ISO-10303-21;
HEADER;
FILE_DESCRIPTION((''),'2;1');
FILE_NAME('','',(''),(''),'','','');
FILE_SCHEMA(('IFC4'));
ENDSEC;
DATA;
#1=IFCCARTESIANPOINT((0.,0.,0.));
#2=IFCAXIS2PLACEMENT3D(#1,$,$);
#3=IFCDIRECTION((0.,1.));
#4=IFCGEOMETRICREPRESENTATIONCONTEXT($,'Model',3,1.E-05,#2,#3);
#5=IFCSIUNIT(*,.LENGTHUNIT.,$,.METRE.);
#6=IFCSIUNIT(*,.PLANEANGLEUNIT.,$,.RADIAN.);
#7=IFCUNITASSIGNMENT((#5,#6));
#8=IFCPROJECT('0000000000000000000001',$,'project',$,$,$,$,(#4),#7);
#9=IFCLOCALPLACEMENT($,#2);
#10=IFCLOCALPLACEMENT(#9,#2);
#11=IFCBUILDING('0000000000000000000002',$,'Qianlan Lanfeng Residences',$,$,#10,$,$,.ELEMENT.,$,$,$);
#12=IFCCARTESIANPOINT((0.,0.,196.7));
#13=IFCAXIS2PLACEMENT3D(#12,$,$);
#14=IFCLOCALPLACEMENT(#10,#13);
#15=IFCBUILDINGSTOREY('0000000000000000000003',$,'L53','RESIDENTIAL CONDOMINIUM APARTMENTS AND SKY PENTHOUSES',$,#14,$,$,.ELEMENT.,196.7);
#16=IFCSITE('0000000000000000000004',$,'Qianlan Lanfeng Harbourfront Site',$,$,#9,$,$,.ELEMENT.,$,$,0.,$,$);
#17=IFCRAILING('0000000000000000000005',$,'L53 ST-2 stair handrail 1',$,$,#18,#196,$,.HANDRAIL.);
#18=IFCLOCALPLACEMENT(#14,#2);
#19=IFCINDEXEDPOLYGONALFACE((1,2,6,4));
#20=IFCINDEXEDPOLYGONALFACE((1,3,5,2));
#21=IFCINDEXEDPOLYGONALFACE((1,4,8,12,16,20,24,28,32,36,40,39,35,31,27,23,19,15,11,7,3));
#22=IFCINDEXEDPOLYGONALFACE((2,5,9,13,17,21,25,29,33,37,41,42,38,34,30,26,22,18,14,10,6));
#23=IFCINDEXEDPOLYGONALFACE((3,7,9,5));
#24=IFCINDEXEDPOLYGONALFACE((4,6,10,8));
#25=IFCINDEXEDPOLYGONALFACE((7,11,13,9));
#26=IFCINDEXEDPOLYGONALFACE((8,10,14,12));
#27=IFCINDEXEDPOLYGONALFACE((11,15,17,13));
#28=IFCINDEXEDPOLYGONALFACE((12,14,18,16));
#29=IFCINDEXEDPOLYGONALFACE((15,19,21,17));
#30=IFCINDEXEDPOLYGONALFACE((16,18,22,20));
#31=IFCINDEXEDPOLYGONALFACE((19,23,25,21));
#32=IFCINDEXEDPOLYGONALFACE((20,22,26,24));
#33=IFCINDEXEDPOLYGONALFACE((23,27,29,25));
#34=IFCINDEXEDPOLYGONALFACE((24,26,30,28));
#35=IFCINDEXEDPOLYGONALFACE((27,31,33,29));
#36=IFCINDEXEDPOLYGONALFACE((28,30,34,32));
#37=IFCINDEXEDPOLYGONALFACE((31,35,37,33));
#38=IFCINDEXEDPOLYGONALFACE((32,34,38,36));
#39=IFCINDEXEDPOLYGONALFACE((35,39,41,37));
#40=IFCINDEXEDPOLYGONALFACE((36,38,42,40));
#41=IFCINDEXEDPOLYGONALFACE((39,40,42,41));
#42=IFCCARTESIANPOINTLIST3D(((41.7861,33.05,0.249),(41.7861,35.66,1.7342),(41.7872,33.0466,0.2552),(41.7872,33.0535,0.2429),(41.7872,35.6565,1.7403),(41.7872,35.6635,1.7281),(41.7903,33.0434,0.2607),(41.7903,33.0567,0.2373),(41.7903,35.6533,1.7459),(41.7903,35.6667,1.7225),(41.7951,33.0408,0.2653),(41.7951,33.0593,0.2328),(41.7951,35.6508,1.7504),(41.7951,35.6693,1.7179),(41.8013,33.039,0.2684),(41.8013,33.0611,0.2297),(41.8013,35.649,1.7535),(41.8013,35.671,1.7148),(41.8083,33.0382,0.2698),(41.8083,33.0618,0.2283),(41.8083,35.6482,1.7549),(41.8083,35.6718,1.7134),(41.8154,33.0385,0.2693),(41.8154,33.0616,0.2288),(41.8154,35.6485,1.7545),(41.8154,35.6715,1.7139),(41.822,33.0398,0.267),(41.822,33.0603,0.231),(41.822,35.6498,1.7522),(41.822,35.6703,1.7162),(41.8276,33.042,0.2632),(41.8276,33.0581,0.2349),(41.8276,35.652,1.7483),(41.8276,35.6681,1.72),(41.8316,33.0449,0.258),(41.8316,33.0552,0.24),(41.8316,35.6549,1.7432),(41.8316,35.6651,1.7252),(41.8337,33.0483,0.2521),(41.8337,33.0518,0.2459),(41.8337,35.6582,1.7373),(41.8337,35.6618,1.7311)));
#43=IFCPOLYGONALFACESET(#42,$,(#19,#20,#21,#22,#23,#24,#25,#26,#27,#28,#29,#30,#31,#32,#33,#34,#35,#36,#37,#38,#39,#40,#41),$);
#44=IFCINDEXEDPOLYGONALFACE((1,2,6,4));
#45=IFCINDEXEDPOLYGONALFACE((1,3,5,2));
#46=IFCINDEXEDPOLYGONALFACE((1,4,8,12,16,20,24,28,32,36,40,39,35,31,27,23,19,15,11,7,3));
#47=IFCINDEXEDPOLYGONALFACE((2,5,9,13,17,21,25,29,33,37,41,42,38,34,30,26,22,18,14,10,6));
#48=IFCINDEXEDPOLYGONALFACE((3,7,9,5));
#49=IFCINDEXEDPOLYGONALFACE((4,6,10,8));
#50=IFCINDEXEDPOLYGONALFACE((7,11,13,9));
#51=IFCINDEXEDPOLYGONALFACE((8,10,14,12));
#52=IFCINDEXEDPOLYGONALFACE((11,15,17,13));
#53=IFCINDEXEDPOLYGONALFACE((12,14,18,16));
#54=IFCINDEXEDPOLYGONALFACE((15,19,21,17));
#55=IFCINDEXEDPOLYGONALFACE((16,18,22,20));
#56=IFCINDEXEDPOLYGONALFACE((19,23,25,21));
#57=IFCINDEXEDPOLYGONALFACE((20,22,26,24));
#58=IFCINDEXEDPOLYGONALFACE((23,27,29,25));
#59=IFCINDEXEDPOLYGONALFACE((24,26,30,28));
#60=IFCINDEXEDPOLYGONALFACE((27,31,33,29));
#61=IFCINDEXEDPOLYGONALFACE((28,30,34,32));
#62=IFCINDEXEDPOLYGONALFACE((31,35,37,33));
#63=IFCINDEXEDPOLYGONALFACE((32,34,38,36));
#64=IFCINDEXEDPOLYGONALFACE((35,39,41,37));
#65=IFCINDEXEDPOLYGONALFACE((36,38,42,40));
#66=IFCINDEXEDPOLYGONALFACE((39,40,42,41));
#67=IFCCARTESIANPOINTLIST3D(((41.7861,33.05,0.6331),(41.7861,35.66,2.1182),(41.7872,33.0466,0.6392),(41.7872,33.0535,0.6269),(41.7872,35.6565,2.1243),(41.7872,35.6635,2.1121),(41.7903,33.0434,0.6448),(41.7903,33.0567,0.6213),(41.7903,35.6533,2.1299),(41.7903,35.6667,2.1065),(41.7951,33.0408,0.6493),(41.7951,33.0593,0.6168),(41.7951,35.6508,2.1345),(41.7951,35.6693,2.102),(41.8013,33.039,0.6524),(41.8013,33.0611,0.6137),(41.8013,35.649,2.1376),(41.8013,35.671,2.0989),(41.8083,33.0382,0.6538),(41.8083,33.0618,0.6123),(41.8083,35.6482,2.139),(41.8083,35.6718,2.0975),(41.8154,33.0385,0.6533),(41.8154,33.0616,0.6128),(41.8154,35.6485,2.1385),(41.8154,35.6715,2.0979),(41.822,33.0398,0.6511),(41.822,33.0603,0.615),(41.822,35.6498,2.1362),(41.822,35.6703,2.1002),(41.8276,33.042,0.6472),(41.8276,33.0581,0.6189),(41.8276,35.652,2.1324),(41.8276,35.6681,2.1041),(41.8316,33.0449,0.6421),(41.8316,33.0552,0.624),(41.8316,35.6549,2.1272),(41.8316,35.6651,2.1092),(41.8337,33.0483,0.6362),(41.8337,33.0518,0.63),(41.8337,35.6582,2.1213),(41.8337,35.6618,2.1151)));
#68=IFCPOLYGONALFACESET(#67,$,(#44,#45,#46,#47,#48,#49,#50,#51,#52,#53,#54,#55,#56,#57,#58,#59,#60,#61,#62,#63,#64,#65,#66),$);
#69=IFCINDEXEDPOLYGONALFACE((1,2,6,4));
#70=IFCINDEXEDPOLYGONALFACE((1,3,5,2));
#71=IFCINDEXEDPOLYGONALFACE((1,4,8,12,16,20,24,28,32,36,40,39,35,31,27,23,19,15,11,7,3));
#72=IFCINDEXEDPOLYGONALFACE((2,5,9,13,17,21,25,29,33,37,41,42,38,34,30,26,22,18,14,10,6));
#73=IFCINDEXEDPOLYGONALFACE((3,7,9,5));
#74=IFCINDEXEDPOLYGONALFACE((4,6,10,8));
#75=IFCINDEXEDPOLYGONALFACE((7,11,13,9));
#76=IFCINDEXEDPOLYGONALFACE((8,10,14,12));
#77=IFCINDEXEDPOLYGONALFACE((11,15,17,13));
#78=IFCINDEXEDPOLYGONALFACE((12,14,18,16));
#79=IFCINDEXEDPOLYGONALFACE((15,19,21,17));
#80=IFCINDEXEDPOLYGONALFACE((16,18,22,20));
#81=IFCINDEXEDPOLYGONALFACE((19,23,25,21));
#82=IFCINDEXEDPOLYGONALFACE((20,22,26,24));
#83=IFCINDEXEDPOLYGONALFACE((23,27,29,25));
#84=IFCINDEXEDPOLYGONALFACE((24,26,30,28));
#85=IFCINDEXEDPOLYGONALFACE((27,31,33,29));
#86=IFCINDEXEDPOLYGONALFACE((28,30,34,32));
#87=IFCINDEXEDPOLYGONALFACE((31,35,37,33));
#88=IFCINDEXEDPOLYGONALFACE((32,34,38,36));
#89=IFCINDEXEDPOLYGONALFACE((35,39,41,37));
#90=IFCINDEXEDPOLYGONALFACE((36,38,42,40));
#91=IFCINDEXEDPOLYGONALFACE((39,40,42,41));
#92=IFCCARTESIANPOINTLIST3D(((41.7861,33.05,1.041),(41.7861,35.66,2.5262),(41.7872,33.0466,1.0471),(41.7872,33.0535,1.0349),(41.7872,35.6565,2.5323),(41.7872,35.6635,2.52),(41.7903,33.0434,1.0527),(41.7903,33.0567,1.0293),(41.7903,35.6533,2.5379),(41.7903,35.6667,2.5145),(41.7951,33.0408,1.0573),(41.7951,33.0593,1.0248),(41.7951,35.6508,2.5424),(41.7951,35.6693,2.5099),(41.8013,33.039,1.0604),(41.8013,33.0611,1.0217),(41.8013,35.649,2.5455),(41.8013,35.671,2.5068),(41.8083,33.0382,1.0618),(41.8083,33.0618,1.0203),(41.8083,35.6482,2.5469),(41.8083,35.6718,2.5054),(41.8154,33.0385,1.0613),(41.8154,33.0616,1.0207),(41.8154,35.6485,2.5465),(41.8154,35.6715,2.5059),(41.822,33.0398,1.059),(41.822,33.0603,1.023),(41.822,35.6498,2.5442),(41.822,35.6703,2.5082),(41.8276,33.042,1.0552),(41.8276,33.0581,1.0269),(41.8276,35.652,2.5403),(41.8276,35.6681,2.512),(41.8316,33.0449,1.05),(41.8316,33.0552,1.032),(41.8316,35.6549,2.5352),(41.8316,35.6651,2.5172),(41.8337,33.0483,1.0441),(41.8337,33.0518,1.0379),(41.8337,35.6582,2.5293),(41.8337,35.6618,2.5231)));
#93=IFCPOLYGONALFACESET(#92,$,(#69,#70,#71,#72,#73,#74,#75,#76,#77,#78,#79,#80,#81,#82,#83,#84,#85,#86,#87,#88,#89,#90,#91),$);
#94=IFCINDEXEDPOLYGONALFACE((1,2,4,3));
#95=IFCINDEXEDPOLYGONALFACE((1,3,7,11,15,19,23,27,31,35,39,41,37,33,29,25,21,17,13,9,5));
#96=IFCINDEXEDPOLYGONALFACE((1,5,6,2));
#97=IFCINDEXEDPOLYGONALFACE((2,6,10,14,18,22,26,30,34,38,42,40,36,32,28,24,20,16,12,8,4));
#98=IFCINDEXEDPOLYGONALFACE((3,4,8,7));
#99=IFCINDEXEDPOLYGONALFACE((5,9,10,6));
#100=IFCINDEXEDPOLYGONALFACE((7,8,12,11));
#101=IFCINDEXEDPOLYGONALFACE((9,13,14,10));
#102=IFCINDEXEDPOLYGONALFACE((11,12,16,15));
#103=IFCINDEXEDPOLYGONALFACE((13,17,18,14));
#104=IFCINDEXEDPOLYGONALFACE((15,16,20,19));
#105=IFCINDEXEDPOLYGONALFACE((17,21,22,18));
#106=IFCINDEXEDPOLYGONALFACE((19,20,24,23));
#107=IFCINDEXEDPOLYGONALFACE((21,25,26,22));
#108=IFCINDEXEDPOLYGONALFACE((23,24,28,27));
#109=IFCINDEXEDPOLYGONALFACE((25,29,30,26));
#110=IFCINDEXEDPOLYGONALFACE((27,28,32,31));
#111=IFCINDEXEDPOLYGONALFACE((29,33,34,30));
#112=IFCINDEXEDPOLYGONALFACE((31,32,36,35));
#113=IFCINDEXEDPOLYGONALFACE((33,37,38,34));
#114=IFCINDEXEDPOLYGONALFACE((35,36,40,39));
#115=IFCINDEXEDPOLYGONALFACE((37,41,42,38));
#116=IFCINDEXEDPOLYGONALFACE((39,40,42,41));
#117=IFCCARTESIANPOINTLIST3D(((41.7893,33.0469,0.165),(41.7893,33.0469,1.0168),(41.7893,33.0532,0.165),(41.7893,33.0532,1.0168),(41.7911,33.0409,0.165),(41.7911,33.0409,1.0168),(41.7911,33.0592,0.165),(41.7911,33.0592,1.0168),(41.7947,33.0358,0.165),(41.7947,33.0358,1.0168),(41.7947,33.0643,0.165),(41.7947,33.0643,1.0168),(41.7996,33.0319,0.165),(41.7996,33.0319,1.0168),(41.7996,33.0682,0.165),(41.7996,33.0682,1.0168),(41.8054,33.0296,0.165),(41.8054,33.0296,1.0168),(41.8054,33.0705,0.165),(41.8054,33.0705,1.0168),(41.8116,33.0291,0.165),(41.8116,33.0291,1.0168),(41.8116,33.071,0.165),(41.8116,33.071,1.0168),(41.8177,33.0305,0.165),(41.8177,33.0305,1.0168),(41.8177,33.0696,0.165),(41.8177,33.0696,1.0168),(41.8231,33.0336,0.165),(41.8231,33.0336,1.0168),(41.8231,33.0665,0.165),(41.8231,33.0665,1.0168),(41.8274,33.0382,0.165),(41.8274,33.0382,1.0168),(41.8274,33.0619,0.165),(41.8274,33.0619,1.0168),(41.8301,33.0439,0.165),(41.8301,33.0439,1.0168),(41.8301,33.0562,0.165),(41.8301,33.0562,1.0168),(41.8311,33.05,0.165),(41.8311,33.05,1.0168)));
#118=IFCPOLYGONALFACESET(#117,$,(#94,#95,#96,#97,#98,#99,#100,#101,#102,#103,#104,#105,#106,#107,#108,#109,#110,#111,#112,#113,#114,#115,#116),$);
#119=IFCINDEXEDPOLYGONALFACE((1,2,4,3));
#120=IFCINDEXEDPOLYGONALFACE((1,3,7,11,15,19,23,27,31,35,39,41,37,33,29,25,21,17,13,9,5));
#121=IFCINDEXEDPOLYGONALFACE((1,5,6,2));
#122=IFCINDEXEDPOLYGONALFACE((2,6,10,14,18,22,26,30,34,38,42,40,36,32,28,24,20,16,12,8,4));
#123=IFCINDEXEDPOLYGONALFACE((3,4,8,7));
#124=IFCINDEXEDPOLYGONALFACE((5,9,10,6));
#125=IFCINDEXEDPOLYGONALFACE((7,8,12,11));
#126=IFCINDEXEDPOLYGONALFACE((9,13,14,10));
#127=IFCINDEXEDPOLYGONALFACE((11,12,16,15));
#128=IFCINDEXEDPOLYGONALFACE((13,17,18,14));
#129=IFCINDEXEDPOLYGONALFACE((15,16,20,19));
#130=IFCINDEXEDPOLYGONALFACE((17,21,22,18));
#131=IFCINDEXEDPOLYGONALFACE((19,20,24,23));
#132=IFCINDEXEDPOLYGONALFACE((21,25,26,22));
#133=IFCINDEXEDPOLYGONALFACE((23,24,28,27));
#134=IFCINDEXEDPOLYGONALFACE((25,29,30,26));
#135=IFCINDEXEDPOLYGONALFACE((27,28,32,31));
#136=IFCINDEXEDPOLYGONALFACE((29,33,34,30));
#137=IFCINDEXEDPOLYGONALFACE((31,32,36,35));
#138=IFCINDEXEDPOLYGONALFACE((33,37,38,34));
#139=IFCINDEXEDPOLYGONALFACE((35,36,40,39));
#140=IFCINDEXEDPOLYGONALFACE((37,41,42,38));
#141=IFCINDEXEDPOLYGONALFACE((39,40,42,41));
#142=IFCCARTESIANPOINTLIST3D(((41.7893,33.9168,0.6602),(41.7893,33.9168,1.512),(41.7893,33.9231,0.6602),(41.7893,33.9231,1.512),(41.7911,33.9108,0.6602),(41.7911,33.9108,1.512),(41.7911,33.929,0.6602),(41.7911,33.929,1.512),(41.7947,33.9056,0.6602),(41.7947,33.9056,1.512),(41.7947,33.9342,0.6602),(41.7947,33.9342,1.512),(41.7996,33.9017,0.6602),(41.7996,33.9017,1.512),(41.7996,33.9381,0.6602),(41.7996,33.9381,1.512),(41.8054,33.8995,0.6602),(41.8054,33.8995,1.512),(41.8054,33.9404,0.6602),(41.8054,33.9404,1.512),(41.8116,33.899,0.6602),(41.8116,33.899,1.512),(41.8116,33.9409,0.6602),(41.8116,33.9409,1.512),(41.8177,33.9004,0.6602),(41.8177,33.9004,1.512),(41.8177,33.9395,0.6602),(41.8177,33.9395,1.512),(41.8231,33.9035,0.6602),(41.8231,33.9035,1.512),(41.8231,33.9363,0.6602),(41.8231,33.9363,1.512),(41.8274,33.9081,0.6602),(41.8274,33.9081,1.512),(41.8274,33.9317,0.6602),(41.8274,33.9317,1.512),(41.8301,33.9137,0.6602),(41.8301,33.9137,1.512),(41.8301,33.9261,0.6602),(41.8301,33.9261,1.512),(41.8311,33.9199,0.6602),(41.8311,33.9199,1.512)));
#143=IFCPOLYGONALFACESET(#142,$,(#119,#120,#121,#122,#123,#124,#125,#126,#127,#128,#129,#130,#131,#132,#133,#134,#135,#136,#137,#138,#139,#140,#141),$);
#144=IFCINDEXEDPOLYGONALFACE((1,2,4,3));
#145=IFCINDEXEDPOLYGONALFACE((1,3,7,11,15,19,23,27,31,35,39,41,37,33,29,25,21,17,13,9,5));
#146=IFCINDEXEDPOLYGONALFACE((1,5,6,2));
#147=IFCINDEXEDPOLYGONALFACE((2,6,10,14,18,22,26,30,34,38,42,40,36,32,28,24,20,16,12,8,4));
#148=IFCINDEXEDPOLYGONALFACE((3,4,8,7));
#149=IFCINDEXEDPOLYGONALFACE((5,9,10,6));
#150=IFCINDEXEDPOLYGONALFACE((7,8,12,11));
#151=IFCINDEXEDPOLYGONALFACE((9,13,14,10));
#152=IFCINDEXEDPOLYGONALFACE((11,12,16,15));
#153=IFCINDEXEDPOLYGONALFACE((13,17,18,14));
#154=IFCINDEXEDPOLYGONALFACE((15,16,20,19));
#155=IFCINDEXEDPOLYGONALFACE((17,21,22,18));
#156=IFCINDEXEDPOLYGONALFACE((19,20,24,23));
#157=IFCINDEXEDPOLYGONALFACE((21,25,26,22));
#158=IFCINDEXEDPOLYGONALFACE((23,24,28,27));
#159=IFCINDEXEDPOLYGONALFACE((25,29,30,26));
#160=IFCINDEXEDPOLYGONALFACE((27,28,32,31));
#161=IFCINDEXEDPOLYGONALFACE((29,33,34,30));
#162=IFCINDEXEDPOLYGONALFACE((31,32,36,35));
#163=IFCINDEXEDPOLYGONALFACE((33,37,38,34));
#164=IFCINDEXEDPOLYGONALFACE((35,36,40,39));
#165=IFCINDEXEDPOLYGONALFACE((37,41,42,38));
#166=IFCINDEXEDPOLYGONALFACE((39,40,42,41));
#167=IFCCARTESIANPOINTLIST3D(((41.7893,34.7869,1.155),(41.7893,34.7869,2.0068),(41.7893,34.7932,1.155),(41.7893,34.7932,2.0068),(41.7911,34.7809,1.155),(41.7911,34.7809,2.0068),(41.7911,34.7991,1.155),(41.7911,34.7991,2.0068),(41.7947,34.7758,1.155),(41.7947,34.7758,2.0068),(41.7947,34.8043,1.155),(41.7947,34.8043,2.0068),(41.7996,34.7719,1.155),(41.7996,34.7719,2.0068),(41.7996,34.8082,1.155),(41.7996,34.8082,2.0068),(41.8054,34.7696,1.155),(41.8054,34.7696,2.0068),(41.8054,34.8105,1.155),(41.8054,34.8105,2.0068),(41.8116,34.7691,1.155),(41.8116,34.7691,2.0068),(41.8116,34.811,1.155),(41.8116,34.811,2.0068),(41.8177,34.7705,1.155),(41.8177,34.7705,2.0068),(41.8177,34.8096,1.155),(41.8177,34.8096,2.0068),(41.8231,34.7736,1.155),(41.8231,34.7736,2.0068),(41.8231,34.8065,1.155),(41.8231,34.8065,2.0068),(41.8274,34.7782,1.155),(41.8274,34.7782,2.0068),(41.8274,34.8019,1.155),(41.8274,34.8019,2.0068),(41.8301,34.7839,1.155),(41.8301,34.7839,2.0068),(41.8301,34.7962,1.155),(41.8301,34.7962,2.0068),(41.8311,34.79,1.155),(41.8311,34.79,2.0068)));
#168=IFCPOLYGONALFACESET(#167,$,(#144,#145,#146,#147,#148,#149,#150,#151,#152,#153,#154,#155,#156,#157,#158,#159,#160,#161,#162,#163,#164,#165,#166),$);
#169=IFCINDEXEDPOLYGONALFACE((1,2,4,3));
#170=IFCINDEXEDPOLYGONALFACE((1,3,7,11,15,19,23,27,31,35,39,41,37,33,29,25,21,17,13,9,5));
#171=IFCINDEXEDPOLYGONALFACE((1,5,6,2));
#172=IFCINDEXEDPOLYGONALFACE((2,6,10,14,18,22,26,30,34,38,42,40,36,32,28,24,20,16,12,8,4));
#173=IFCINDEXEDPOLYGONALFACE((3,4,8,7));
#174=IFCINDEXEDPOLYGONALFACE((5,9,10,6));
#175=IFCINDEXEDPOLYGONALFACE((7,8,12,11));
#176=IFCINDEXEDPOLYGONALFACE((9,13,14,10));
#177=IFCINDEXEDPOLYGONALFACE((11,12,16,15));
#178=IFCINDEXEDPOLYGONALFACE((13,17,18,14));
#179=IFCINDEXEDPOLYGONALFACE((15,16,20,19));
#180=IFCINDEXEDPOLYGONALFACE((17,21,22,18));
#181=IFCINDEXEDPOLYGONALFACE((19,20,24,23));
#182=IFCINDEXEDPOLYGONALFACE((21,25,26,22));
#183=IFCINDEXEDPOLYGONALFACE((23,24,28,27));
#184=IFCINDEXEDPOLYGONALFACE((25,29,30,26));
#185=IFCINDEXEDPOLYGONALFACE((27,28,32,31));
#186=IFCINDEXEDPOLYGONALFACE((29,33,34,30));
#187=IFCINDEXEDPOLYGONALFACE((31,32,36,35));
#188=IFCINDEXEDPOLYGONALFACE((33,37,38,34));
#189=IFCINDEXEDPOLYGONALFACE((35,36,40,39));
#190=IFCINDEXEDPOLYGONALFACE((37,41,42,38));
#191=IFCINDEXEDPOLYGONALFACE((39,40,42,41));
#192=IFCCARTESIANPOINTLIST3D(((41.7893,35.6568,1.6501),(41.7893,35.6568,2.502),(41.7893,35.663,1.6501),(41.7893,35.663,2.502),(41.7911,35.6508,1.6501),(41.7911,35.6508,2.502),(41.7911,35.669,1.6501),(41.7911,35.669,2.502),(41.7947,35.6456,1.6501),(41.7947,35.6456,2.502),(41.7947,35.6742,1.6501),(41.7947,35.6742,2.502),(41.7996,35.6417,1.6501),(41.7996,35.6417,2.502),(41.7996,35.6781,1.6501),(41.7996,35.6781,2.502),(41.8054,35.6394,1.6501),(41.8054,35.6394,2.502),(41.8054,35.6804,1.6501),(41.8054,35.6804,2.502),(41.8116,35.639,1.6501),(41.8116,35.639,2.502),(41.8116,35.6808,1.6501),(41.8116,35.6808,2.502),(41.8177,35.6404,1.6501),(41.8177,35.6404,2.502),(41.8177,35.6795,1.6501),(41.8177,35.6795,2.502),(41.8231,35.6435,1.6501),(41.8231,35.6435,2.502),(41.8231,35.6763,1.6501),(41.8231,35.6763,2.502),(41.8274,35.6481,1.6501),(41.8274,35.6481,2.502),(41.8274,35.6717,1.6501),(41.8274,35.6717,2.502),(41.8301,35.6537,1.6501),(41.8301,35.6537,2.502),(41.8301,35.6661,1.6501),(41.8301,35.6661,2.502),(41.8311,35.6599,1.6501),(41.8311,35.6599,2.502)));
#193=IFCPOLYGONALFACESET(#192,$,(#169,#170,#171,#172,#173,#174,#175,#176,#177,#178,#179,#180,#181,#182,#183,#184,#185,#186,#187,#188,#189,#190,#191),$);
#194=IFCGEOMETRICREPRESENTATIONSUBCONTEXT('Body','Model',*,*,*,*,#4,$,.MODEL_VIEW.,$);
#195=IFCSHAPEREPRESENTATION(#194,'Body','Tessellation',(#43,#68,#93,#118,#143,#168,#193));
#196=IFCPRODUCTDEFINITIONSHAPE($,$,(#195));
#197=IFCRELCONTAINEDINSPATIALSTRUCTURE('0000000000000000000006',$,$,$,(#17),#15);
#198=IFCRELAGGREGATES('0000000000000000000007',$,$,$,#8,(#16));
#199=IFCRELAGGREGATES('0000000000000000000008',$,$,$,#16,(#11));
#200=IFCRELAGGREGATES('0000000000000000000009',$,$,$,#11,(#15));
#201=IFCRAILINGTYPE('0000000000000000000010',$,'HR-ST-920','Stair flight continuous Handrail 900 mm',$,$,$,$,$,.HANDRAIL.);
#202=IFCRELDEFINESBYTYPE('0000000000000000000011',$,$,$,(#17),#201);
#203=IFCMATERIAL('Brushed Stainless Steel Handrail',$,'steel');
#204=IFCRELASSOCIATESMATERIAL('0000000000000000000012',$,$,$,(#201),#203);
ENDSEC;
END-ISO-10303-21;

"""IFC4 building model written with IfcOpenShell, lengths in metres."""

from ifc_helpers import new_model, si_unit, direction, frame, origin, origin_2d, place, context, subcontext, project, spatial, circle, extrude, material, type_object, element, save


model = new_model("IFC4")

# Units and contexts
model_context = context("Model", 3, precision=1e-05, world=origin(), true_north=direction((0.0, 1.0)))
body_context = subcontext(model_context, "Body", "Model", "MODEL_VIEW")
ifc_project = project(units=[si_unit("LENGTHUNIT", "METRE"), si_unit("PLANEANGLEUNIT", "RADIAN")], contexts=[model_context])

# Site, building, storey
site_placement = place(None, origin())
site = spatial("IfcSite", under=ifc_project, at=site_placement, Name="Qianlan Lanfeng Harbourfront Site", CompositionType="ELEMENT", RefElevation=0.0)
building_placement = place(site_placement, origin())
building = spatial("IfcBuilding", under=site, at=building_placement, Name="Qianlan Lanfeng Residences", CompositionType="ELEMENT")
storey_placement = place(building_placement, frame((0.0, 0.0, 196.7)))
storey = spatial("IfcBuildingStorey", under=building, at=storey_placement, Name="L53", Description="RESIDENTIAL CONDOMINIUM APARTMENTS AND SKY PENTHOUSES", CompositionType="ELEMENT", Elevation=196.7)

# Railing
ifc_material_1 = material(Name="Brushed Stainless Steel Handrail", Category="steel")
railing_type_1 = type_object("IfcRailingType", Name="HR-ST-920", Description="Stair flight continuous Handrail 900 mm", PredefinedType="HANDRAIL", material=ifc_material_1)
railing_1_placement = place(storey_placement, frame((41.8101, 33.05, 0.165)))
element("IfcRailing", 1, at=railing_1_placement, inside=storey, type_object=railing_type_1, Name="L53 ST-2 stair handrail 1", PredefinedType="HANDRAIL", context=body_context, shape_type="SweptSolid", body=[
    extrude(circle(Radius=0.0239, at=origin_2d()), frame((0.0, 0.0, 0.084), z_axis=(0.0, 0.869137, 0.494571), x_axis=(-1.0, 0.0, 0.0)), (0.0, 0.0, 1.0), 3.0029),
    extrude(circle(Radius=0.0239, at=origin_2d()), frame((0.0, 0.0, 0.468), z_axis=(0.0, 0.869137, 0.494571), x_axis=(-1.0, 0.0, 0.0)), (0.0, 0.0, 1.0), 3.0029),
    extrude(circle(Radius=0.0239, at=origin_2d()), frame((0.0, 0.0, 0.876), z_axis=(0.0, 0.869137, 0.494571), x_axis=(-1.0, 0.0, 0.0)), (0.0, 0.0, 1.0), 3.0029),
    extrude(circle(Radius=0.021, at=origin_2d()), origin(), (0.0, 0.0, 1.0), 0.8518),
    extrude(circle(Radius=0.021, at=origin_2d()), frame((0.0, 0.8699, 0.4951)), (0.0, 0.0, 1.0), 0.8518),
    extrude(circle(Radius=0.021, at=origin_2d()), frame((0.0, 1.74, 0.99)), (0.0, 0.0, 1.0), 0.8518),
    extrude(circle(Radius=0.021, at=origin_2d()), frame((0.0, 2.6099, 1.4851)), (0.0, 0.0, 1.0), 0.8518),
])

save(model, "model.ifc")
